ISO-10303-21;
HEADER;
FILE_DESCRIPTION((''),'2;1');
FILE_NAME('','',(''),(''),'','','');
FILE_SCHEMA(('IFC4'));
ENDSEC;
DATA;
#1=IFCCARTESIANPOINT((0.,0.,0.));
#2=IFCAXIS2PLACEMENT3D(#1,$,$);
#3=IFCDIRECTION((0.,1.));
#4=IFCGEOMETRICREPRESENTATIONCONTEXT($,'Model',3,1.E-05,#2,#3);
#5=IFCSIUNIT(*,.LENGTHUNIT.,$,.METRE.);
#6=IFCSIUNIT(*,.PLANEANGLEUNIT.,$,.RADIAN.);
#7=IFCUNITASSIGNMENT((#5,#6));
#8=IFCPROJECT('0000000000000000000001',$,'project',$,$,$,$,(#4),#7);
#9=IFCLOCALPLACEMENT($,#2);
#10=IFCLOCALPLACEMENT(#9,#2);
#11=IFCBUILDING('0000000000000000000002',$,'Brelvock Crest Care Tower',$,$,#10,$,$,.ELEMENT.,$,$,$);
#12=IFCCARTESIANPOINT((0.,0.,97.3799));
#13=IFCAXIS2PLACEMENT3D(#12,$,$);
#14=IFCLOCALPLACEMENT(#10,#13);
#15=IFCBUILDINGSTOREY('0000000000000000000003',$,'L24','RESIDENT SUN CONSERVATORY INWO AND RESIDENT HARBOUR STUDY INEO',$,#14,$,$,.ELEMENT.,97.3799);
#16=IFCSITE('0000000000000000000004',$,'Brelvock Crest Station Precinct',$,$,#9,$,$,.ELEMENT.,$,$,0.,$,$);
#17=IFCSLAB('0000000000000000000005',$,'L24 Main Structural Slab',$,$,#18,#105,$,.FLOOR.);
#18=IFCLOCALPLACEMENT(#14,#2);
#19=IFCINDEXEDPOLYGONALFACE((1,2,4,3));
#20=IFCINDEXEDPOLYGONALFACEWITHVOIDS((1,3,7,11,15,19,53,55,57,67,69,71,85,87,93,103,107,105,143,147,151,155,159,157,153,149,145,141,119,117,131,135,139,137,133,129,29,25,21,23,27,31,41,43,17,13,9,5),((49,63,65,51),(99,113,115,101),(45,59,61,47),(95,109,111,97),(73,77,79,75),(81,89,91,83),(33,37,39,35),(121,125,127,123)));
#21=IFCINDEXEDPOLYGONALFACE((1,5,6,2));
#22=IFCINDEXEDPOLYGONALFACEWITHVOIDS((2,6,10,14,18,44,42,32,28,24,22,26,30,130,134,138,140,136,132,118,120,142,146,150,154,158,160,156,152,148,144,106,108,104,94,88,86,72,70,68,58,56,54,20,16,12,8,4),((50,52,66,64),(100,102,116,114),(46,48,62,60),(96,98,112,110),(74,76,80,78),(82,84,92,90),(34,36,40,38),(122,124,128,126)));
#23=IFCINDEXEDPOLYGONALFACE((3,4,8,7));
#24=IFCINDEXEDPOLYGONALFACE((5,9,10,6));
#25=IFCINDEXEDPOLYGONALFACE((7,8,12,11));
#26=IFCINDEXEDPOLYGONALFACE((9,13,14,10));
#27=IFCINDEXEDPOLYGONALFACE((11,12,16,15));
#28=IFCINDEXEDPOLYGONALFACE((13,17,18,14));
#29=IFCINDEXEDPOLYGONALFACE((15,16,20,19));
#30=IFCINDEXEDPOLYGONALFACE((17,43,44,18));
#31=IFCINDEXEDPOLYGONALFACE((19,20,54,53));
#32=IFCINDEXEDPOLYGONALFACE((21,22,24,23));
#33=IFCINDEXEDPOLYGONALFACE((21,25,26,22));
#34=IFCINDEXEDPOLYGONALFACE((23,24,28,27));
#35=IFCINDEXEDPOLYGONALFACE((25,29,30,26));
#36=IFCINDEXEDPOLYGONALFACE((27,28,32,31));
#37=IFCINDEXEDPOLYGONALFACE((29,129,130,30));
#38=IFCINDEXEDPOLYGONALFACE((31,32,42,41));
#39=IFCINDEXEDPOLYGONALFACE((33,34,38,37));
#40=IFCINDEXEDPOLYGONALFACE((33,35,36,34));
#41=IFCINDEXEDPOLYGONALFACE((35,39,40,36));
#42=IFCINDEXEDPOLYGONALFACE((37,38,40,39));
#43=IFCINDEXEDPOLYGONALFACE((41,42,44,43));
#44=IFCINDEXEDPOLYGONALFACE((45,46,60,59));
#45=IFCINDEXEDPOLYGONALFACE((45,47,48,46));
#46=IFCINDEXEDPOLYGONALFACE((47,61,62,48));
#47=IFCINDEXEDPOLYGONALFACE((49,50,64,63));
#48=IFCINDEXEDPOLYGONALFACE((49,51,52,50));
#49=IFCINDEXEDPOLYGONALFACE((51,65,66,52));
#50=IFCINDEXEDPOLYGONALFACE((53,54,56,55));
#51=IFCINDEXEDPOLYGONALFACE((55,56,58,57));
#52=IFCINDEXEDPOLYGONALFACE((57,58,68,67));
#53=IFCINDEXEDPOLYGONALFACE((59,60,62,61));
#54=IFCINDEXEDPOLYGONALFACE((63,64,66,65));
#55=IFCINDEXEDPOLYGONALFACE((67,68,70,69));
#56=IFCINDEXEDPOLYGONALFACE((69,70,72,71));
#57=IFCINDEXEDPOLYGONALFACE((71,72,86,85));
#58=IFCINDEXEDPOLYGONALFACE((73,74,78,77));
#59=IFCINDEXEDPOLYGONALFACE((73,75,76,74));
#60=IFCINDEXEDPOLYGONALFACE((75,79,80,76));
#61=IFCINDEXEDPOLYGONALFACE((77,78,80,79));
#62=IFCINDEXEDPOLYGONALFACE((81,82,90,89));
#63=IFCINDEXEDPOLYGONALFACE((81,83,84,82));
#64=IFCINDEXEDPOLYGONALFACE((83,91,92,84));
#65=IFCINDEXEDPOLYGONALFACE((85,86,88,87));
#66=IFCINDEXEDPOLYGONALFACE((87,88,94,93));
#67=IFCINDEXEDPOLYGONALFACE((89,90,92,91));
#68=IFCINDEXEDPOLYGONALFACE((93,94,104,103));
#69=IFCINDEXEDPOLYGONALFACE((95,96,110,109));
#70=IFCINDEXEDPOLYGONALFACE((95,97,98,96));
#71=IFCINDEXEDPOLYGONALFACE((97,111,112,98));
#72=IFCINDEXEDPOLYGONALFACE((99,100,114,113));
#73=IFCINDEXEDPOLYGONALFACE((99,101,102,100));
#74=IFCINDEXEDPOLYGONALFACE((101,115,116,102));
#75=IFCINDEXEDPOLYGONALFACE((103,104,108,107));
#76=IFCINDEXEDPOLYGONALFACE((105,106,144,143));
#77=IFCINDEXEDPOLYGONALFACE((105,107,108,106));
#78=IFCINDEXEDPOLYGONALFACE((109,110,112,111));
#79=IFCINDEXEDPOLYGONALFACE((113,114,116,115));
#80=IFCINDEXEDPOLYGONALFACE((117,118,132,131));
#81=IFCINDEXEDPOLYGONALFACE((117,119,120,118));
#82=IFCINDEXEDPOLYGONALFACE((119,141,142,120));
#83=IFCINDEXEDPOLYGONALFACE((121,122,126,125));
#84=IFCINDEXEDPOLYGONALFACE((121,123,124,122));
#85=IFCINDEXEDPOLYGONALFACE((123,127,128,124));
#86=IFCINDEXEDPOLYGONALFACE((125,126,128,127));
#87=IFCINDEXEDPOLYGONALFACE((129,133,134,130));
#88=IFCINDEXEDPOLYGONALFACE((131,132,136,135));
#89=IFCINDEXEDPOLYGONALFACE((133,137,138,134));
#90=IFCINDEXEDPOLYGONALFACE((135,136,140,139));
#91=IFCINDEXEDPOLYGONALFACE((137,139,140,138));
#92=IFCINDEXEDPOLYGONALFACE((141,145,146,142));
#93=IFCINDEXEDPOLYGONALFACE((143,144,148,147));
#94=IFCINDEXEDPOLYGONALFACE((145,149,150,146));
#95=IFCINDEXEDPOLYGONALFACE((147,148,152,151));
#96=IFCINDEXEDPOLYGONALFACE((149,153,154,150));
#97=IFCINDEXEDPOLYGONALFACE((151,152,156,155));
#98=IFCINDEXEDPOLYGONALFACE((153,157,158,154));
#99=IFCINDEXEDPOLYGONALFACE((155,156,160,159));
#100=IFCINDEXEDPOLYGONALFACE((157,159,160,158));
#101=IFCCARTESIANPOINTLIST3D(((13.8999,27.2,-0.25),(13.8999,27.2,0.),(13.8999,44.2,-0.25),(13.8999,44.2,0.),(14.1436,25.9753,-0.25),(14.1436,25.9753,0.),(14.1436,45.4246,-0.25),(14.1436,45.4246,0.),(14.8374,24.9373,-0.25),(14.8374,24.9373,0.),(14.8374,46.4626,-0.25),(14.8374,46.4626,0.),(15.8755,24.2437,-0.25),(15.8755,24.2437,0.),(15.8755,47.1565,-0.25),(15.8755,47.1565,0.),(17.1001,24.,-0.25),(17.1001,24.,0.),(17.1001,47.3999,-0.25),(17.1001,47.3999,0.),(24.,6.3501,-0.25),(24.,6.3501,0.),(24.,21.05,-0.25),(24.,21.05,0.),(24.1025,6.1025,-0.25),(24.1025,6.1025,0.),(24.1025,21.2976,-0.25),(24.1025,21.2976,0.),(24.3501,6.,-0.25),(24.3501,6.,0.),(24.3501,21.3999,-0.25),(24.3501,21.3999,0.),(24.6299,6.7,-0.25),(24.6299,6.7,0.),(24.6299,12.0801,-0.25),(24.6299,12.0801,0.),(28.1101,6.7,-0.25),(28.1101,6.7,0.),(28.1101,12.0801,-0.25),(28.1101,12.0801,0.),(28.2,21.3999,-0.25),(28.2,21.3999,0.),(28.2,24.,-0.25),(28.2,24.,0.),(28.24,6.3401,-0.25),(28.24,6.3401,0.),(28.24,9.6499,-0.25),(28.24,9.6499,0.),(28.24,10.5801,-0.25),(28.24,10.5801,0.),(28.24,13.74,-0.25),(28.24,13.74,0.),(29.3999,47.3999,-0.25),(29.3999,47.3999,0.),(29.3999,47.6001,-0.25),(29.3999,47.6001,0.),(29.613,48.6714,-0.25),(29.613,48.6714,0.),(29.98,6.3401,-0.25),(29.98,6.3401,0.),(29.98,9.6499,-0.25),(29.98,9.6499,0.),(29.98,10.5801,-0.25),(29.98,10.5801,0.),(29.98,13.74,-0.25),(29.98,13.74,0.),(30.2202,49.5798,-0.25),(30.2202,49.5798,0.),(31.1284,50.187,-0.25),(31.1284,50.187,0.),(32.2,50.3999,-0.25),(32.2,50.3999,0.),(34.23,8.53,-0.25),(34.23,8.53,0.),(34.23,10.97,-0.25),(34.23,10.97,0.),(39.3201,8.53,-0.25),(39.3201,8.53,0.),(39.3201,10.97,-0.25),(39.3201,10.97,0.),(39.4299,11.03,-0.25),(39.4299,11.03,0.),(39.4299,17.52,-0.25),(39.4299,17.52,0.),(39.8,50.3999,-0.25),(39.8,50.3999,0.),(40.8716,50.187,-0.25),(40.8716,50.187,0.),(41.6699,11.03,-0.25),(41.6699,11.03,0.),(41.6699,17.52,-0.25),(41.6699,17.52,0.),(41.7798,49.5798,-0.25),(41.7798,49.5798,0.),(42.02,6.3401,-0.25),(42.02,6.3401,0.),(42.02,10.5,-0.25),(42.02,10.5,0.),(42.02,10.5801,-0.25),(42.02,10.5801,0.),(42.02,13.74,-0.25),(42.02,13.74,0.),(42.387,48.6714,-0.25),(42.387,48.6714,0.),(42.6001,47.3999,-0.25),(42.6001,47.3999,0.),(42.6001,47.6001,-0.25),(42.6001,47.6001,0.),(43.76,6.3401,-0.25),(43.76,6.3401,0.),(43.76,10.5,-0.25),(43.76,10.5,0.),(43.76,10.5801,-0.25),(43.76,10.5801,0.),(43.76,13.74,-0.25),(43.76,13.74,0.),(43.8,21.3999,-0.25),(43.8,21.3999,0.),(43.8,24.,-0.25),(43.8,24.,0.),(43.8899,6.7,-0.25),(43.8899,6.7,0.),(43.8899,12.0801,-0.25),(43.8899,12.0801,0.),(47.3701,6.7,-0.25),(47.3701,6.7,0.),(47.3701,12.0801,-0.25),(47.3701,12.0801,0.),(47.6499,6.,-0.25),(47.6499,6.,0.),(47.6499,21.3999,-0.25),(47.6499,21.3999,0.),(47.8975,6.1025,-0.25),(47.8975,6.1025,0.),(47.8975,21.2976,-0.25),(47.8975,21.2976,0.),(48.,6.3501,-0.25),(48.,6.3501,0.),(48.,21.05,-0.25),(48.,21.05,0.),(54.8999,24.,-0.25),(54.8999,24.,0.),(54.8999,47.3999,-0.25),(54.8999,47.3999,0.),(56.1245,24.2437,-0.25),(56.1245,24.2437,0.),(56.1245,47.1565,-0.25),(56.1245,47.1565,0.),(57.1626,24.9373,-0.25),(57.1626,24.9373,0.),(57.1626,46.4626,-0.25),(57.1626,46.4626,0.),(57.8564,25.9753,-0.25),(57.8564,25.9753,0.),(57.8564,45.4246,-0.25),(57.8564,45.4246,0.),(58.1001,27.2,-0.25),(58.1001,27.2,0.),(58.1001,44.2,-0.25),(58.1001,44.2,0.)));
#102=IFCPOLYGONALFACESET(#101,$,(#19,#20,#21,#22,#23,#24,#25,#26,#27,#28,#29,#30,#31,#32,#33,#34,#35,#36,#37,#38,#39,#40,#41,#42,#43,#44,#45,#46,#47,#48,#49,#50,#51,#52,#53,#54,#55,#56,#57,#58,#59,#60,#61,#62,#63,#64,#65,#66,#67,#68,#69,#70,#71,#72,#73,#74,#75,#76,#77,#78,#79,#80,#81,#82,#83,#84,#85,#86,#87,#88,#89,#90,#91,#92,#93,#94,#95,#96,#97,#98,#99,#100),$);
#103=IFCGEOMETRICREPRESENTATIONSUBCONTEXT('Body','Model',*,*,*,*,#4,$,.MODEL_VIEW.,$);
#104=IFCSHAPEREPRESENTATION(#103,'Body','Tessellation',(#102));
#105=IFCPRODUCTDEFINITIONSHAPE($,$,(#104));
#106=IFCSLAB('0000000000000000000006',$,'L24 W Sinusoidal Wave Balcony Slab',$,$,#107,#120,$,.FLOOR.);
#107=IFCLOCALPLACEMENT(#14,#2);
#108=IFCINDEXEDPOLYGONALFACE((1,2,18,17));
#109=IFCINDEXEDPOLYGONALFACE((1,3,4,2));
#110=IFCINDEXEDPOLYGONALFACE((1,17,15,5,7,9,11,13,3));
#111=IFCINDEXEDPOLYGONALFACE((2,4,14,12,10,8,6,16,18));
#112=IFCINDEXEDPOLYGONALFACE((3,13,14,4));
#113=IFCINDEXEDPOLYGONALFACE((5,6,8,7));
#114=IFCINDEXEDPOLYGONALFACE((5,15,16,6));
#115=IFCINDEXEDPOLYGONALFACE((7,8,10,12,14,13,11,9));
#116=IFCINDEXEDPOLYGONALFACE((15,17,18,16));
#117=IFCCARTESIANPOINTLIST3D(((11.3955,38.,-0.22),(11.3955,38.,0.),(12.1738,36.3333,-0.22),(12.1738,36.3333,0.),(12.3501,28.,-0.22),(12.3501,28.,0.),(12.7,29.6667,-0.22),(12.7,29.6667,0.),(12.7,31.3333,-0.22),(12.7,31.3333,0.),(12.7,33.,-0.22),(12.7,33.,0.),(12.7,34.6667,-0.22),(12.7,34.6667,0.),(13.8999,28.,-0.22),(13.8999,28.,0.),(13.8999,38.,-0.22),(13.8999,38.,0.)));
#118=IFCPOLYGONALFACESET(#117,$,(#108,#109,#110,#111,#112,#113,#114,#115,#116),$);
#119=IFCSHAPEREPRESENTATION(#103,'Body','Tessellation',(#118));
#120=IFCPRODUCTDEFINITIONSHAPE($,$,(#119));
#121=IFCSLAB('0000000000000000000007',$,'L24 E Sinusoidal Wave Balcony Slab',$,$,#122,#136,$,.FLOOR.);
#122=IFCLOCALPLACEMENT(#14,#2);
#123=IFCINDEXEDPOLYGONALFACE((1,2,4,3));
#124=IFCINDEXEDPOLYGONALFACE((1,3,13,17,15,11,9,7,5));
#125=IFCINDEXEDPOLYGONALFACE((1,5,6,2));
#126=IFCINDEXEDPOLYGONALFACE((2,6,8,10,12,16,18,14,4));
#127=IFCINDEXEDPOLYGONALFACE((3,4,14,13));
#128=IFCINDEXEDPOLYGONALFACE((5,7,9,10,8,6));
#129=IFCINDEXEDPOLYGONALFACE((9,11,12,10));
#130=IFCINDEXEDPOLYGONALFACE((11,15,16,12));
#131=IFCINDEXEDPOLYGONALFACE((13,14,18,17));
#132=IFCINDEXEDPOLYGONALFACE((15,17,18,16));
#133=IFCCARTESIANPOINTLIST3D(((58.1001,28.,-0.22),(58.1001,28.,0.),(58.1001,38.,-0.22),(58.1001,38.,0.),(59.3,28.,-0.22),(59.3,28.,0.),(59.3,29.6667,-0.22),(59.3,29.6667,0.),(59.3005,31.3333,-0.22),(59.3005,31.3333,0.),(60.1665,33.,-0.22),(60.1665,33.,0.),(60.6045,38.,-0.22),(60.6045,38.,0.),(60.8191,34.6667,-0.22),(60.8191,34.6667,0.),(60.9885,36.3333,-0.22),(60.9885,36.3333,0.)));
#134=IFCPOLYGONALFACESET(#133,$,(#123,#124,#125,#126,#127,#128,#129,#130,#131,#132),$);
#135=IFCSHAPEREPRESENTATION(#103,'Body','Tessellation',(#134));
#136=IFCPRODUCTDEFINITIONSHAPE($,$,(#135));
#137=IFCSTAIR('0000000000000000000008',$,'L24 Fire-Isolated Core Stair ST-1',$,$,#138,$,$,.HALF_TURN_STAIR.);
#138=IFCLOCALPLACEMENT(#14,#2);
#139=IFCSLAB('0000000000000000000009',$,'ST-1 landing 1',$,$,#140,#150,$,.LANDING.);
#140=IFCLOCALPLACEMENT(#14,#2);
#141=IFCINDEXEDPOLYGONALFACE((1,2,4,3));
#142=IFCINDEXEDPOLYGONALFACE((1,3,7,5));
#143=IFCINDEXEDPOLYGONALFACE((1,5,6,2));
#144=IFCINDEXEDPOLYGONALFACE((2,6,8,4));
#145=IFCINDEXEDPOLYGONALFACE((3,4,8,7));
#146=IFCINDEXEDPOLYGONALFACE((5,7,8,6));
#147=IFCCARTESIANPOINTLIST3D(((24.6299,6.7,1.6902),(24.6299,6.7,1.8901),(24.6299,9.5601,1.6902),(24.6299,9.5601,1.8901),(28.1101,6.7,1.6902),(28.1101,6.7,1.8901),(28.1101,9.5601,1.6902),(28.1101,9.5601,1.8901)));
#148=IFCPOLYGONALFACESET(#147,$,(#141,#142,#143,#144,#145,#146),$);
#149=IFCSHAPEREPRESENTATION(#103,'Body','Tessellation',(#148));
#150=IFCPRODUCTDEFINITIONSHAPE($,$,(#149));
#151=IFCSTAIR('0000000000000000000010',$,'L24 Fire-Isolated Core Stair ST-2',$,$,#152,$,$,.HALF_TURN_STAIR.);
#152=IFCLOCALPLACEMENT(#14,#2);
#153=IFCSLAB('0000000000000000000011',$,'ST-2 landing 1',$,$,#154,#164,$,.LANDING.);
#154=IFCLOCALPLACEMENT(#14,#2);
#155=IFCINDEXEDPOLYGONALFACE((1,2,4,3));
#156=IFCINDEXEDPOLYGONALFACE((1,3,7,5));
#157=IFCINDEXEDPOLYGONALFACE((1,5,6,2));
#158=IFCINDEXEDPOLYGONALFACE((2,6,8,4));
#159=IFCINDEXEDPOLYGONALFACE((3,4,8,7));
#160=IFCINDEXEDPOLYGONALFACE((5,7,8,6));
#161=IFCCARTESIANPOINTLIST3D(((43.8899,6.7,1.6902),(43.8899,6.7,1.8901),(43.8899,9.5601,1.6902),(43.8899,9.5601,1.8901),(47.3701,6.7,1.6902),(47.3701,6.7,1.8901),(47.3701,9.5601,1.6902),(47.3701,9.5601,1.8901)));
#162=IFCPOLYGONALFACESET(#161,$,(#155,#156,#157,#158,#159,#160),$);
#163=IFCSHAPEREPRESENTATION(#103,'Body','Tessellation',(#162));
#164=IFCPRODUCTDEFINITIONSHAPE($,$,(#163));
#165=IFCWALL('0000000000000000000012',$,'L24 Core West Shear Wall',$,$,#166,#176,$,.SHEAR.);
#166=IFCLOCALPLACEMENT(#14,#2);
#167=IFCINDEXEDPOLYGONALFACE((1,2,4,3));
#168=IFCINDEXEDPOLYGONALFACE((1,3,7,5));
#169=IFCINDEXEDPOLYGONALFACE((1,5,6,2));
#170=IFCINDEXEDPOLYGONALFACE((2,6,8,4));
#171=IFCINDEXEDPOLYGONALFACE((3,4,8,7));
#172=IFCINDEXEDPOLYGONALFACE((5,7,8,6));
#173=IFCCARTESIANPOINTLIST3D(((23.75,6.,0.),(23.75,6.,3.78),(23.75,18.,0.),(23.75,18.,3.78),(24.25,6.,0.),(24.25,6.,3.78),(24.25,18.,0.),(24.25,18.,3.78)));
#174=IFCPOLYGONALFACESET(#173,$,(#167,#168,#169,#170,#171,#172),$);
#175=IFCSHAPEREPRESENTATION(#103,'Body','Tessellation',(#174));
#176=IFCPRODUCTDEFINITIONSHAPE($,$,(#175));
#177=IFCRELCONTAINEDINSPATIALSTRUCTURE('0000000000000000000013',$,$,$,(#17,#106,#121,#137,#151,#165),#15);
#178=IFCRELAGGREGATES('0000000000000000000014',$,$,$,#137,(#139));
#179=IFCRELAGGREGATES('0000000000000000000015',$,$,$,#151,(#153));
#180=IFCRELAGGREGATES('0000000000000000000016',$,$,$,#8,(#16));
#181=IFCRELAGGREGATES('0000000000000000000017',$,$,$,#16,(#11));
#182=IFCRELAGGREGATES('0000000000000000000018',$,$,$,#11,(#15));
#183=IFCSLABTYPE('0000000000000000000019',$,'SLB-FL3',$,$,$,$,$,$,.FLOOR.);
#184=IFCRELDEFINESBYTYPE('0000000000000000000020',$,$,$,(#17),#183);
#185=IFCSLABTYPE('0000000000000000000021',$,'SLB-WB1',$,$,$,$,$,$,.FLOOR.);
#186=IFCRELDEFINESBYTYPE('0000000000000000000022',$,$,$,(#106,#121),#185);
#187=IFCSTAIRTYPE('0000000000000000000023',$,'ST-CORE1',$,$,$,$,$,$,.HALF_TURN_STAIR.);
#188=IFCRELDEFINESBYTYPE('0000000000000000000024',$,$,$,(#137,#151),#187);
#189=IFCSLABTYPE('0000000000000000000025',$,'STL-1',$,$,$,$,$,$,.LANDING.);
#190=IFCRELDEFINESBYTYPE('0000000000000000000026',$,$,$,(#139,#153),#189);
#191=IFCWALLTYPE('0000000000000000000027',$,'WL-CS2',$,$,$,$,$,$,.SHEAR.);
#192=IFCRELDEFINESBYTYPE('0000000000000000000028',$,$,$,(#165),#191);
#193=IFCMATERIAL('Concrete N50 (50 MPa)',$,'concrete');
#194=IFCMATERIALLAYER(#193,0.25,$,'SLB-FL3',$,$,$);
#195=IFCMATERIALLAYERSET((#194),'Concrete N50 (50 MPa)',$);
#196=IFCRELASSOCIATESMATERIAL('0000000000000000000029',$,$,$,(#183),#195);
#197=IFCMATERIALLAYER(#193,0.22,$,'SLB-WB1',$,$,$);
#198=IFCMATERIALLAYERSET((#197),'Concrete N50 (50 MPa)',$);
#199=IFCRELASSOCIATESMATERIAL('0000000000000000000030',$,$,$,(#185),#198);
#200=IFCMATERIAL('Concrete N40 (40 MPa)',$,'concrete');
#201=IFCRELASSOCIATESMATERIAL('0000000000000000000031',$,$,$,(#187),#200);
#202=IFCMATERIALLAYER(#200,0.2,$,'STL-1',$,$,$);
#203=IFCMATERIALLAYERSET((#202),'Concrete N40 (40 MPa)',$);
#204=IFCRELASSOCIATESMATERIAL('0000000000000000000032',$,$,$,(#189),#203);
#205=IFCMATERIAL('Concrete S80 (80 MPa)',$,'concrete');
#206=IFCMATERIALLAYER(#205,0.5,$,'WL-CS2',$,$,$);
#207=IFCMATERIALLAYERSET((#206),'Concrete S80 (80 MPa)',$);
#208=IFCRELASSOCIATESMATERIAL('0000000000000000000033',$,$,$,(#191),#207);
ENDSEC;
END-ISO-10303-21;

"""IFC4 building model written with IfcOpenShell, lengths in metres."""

from ifc_helpers import new_model, si_unit, direction, frame, frame_2d, origin, place, context, subcontext, project, spatial, polyline, rectangle, outline, extrude, material, layer, layer_set, type_object, element, aggregate, save


model = new_model("IFC4")

# Units and contexts
model_context = context("Model", 3, precision=1e-05, world=origin(), true_north=direction((0.0, 1.0)))
body_context = subcontext(model_context, "Body", "Model", "MODEL_VIEW")
ifc_project = project(units=[si_unit("LENGTHUNIT", "METRE"), si_unit("PLANEANGLEUNIT", "RADIAN")], contexts=[model_context])

# Site, building, storey
site_placement = place(None, origin())
site = spatial("IfcSite", under=ifc_project, at=site_placement, Name="Brelvock Crest Station Precinct", CompositionType="ELEMENT", RefElevation=0.0)
building_placement = place(site_placement, origin())
building = spatial("IfcBuilding", under=site, at=building_placement, Name="Brelvock Crest Care Tower", CompositionType="ELEMENT")
storey_placement = place(building_placement, frame((0.0, 0.0, 97.3799)))
storey = spatial("IfcBuildingStorey", under=building, at=storey_placement, Name="L24", Description="RESIDENT SUN CONSERVATORY INWO AND RESIDENT HARBOUR STUDY INEO", CompositionType="ELEMENT", Elevation=97.3799)

# Shared definitions
ifc_material_1 = material(Name="Concrete S80 (80 MPa)", Category="concrete")

# Slabs
ifc_material_2 = material(Name="Concrete N50 (50 MPa)", Category="concrete")
ifc_layer_1 = layer(ifc_material_2, 0.25, Name="SLB-FL3")
ifc_layer_set_1 = layer_set([ifc_layer_1], Name="Concrete N50 (50 MPa)")
slab_type_1 = type_object("IfcSlabType", Name="SLB-FL3", PredefinedType="FLOOR", material=ifc_layer_set_1)
slab_1_placement = place(storey_placement, frame((0.0, 0.0, -0.25)))
element("IfcSlab", 1, at=slab_1_placement, inside=storey, type_object=slab_type_1, Name="L24 Main Structural Slab", PredefinedType="FLOOR", context=body_context, shape_type="SweptSolid", body=[
    extrude(outline(polyline([(47.6499, 21.3999), (43.8, 21.3999), (43.8, 24.0), (54.8999, 24.0), (56.1245, 24.2437), (57.1626, 24.9373), (57.8564, 25.9753), (58.1001, 27.2), (58.1001, 44.2), (57.8564, 45.4246), (57.1626, 46.4626), (56.1245, 47.1565), (54.8999, 47.3999), (42.6001, 47.3999), (42.6001, 47.6001), (42.387, 48.6714), (41.7798, 49.5798), (40.8716, 50.187), (39.8, 50.3999), (32.2, 50.3999), (31.1284, 50.187), (30.2202, 49.5798), (29.613, 48.6714), (29.3999, 47.6001), (29.3999, 47.3999), (17.1001, 47.3999), (15.8755, 47.1565), (14.8374, 46.4626), (14.1436, 45.4246), (13.8999, 44.2), (13.8999, 27.2), (14.1436, 25.9753), (14.8374, 24.9373), (15.8755, 24.2437), (17.1001, 24.0), (28.2, 24.0), (28.2, 21.3999), (24.3501, 21.3999), (24.1025, 21.2976), (24.0, 21.05), (24.0, 6.3501), (24.1025, 6.1025), (24.3501, 6.0), (47.6499, 6.0), (47.8975, 6.1025), (48.0, 6.3501), (48.0, 21.05), (47.8975, 21.2976), (47.6499, 21.3999)]), holes=[polyline([(28.24, 10.5801), (29.98, 10.5801), (29.98, 13.74), (28.24, 13.74), (28.24, 10.5801)]), polyline([(42.02, 10.5801), (43.76, 10.5801), (43.76, 13.74), (42.02, 13.74), (42.02, 10.5801)]), polyline([(28.24, 6.3401), (29.98, 6.3401), (29.98, 9.6499), (28.24, 9.6499), (28.24, 6.3401)]), polyline([(24.6299, 12.0801), (24.6299, 6.7), (28.1101, 6.7), (28.1101, 12.0801), (24.6299, 12.0801)]), polyline([(43.8899, 12.0801), (43.8899, 6.7), (47.3701, 6.7), (47.3701, 12.0801), (43.8899, 12.0801)]), polyline([(42.02, 6.3401), (43.76, 6.3401), (43.76, 10.5), (42.02, 10.5), (42.02, 6.3401)]), polyline([(34.23, 8.53), (39.3201, 8.53), (39.3201, 10.97), (34.23, 10.97), (34.23, 8.53)]), polyline([(39.4299, 11.03), (41.6699, 11.03), (41.6699, 17.52), (39.4299, 17.52), (39.4299, 11.03)])]), origin(), (0.0, 0.0, 1.0), 0.25),
])
ifc_layer_2 = layer(ifc_material_2, 0.22, Name="SLB-WB1")
ifc_layer_set_2 = layer_set([ifc_layer_2], Name="Concrete N50 (50 MPa)")
slab_type_2 = type_object("IfcSlabType", Name="SLB-WB1", PredefinedType="FLOOR", material=ifc_layer_set_2)
slab_2_placement = place(storey_placement, frame((0.0, 0.0, -0.22)))
element("IfcSlab", 2, at=slab_2_placement, inside=storey, type_object=slab_type_2, Name="L24 W Sinusoidal Wave Balcony Slab", PredefinedType="FLOOR", context=body_context, shape_type="SweptSolid", body=[
    extrude(outline(polyline([(13.8999, 38.0), (11.3955, 38.0), (12.1738, 36.3333), (12.7, 34.6667), (12.7, 33.0), (12.7, 31.3333), (12.7, 29.6667), (12.3501, 28.0), (13.8999, 28.0), (13.8999, 38.0)])), origin(), (0.0, 0.0, 1.0), 0.22),
])
slab_3_placement = place(storey_placement, frame((0.0, 0.0, -0.22)))
element("IfcSlab", 3, at=slab_3_placement, inside=storey, type_object=slab_type_2, Name="L24 E Sinusoidal Wave Balcony Slab", PredefinedType="FLOOR", context=body_context, shape_type="SweptSolid", body=[
    extrude(outline(polyline([(58.1001, 28.0), (59.3, 28.0), (59.3, 29.6667), (59.3005, 31.3333), (60.1665, 33.0), (60.8191, 34.6667), (60.9885, 36.3333), (60.6045, 38.0), (58.1001, 38.0), (58.1001, 28.0)])), origin(), (0.0, 0.0, 1.0), 0.22),
])

# Stairs, slabs
ifc_material_3 = material(Name="Concrete N40 (40 MPa)", Category="concrete")
stair_type = type_object("IfcStairType", Name="ST-CORE1", PredefinedType="HALF_TURN_STAIR", material=ifc_material_3)
stair_1_placement = place(storey_placement, origin())
stair_1 = element("IfcStair", 4, at=stair_1_placement, inside=storey, type_object=stair_type, Name="L24 Fire-Isolated Core Stair ST-1", PredefinedType="HALF_TURN_STAIR")
ifc_layer_3 = layer(ifc_material_3, 0.2, Name="STL-1")
ifc_layer_set_3 = layer_set([ifc_layer_3], Name="Concrete N40 (40 MPa)")
slab_type_3 = type_object("IfcSlabType", Name="STL-1", PredefinedType="LANDING", material=ifc_layer_set_3)
slab_4_placement = place(storey_placement, frame((0.0, 0.0, 1.6902)))
slab_4 = element("IfcSlab", 5, at=slab_4_placement, type_object=slab_type_3, Name="ST-1 landing 1", PredefinedType="LANDING", context=body_context, shape_type="SweptSolid", body=[
    extrude(outline(polyline([(24.6299, 9.5601), (24.6299, 6.7), (28.1101, 6.7), (28.1101, 9.5601), (24.6299, 9.5601)])), origin(), (0.0, 0.0, 1.0), 0.2),
])
aggregate(stair_1, [slab_4])
stair_2_placement = place(storey_placement, origin())
stair_2 = element("IfcStair", 6, at=stair_2_placement, inside=storey, type_object=stair_type, Name="L24 Fire-Isolated Core Stair ST-2", PredefinedType="HALF_TURN_STAIR")
slab_5_placement = place(storey_placement, frame((0.0, 0.0, 1.6902)))
slab_5 = element("IfcSlab", 7, at=slab_5_placement, type_object=slab_type_3, Name="ST-2 landing 1", PredefinedType="LANDING", context=body_context, shape_type="SweptSolid", body=[
    extrude(outline(polyline([(43.8899, 9.5601), (43.8899, 6.7), (47.3701, 6.7), (47.3701, 9.5601), (43.8899, 9.5601)])), origin(), (0.0, 0.0, 1.0), 0.2),
])
aggregate(stair_2, [slab_5])

# Wall
ifc_layer_4 = layer(ifc_material_1, 0.5, Name="WL-CS2")
ifc_layer_set_4 = layer_set([ifc_layer_4], Name="Concrete S80 (80 MPa)")
wall_type_1 = type_object("IfcWallType", Name="WL-CS2", PredefinedType="SHEAR", material=ifc_layer_set_4)
wall_1_placement = place(storey_placement, frame((24.0, 6.0, 0.0), z_axis=(0.0, 0.0, 1.0), x_axis=(0.0, 1.0, 0.0)))
element("IfcWall", 8, at=wall_1_placement, inside=storey, type_object=wall_type_1, Name="L24 Core West Shear Wall", PredefinedType="SHEAR", context=body_context, shape_type="SweptSolid", body=[
    extrude(rectangle(XDim=12.0, YDim=0.5, at=frame_2d((6.0, 0.0))), origin(), (0.0, 0.0, 1.0), 3.78),
])

save(model, "model.ifc")
